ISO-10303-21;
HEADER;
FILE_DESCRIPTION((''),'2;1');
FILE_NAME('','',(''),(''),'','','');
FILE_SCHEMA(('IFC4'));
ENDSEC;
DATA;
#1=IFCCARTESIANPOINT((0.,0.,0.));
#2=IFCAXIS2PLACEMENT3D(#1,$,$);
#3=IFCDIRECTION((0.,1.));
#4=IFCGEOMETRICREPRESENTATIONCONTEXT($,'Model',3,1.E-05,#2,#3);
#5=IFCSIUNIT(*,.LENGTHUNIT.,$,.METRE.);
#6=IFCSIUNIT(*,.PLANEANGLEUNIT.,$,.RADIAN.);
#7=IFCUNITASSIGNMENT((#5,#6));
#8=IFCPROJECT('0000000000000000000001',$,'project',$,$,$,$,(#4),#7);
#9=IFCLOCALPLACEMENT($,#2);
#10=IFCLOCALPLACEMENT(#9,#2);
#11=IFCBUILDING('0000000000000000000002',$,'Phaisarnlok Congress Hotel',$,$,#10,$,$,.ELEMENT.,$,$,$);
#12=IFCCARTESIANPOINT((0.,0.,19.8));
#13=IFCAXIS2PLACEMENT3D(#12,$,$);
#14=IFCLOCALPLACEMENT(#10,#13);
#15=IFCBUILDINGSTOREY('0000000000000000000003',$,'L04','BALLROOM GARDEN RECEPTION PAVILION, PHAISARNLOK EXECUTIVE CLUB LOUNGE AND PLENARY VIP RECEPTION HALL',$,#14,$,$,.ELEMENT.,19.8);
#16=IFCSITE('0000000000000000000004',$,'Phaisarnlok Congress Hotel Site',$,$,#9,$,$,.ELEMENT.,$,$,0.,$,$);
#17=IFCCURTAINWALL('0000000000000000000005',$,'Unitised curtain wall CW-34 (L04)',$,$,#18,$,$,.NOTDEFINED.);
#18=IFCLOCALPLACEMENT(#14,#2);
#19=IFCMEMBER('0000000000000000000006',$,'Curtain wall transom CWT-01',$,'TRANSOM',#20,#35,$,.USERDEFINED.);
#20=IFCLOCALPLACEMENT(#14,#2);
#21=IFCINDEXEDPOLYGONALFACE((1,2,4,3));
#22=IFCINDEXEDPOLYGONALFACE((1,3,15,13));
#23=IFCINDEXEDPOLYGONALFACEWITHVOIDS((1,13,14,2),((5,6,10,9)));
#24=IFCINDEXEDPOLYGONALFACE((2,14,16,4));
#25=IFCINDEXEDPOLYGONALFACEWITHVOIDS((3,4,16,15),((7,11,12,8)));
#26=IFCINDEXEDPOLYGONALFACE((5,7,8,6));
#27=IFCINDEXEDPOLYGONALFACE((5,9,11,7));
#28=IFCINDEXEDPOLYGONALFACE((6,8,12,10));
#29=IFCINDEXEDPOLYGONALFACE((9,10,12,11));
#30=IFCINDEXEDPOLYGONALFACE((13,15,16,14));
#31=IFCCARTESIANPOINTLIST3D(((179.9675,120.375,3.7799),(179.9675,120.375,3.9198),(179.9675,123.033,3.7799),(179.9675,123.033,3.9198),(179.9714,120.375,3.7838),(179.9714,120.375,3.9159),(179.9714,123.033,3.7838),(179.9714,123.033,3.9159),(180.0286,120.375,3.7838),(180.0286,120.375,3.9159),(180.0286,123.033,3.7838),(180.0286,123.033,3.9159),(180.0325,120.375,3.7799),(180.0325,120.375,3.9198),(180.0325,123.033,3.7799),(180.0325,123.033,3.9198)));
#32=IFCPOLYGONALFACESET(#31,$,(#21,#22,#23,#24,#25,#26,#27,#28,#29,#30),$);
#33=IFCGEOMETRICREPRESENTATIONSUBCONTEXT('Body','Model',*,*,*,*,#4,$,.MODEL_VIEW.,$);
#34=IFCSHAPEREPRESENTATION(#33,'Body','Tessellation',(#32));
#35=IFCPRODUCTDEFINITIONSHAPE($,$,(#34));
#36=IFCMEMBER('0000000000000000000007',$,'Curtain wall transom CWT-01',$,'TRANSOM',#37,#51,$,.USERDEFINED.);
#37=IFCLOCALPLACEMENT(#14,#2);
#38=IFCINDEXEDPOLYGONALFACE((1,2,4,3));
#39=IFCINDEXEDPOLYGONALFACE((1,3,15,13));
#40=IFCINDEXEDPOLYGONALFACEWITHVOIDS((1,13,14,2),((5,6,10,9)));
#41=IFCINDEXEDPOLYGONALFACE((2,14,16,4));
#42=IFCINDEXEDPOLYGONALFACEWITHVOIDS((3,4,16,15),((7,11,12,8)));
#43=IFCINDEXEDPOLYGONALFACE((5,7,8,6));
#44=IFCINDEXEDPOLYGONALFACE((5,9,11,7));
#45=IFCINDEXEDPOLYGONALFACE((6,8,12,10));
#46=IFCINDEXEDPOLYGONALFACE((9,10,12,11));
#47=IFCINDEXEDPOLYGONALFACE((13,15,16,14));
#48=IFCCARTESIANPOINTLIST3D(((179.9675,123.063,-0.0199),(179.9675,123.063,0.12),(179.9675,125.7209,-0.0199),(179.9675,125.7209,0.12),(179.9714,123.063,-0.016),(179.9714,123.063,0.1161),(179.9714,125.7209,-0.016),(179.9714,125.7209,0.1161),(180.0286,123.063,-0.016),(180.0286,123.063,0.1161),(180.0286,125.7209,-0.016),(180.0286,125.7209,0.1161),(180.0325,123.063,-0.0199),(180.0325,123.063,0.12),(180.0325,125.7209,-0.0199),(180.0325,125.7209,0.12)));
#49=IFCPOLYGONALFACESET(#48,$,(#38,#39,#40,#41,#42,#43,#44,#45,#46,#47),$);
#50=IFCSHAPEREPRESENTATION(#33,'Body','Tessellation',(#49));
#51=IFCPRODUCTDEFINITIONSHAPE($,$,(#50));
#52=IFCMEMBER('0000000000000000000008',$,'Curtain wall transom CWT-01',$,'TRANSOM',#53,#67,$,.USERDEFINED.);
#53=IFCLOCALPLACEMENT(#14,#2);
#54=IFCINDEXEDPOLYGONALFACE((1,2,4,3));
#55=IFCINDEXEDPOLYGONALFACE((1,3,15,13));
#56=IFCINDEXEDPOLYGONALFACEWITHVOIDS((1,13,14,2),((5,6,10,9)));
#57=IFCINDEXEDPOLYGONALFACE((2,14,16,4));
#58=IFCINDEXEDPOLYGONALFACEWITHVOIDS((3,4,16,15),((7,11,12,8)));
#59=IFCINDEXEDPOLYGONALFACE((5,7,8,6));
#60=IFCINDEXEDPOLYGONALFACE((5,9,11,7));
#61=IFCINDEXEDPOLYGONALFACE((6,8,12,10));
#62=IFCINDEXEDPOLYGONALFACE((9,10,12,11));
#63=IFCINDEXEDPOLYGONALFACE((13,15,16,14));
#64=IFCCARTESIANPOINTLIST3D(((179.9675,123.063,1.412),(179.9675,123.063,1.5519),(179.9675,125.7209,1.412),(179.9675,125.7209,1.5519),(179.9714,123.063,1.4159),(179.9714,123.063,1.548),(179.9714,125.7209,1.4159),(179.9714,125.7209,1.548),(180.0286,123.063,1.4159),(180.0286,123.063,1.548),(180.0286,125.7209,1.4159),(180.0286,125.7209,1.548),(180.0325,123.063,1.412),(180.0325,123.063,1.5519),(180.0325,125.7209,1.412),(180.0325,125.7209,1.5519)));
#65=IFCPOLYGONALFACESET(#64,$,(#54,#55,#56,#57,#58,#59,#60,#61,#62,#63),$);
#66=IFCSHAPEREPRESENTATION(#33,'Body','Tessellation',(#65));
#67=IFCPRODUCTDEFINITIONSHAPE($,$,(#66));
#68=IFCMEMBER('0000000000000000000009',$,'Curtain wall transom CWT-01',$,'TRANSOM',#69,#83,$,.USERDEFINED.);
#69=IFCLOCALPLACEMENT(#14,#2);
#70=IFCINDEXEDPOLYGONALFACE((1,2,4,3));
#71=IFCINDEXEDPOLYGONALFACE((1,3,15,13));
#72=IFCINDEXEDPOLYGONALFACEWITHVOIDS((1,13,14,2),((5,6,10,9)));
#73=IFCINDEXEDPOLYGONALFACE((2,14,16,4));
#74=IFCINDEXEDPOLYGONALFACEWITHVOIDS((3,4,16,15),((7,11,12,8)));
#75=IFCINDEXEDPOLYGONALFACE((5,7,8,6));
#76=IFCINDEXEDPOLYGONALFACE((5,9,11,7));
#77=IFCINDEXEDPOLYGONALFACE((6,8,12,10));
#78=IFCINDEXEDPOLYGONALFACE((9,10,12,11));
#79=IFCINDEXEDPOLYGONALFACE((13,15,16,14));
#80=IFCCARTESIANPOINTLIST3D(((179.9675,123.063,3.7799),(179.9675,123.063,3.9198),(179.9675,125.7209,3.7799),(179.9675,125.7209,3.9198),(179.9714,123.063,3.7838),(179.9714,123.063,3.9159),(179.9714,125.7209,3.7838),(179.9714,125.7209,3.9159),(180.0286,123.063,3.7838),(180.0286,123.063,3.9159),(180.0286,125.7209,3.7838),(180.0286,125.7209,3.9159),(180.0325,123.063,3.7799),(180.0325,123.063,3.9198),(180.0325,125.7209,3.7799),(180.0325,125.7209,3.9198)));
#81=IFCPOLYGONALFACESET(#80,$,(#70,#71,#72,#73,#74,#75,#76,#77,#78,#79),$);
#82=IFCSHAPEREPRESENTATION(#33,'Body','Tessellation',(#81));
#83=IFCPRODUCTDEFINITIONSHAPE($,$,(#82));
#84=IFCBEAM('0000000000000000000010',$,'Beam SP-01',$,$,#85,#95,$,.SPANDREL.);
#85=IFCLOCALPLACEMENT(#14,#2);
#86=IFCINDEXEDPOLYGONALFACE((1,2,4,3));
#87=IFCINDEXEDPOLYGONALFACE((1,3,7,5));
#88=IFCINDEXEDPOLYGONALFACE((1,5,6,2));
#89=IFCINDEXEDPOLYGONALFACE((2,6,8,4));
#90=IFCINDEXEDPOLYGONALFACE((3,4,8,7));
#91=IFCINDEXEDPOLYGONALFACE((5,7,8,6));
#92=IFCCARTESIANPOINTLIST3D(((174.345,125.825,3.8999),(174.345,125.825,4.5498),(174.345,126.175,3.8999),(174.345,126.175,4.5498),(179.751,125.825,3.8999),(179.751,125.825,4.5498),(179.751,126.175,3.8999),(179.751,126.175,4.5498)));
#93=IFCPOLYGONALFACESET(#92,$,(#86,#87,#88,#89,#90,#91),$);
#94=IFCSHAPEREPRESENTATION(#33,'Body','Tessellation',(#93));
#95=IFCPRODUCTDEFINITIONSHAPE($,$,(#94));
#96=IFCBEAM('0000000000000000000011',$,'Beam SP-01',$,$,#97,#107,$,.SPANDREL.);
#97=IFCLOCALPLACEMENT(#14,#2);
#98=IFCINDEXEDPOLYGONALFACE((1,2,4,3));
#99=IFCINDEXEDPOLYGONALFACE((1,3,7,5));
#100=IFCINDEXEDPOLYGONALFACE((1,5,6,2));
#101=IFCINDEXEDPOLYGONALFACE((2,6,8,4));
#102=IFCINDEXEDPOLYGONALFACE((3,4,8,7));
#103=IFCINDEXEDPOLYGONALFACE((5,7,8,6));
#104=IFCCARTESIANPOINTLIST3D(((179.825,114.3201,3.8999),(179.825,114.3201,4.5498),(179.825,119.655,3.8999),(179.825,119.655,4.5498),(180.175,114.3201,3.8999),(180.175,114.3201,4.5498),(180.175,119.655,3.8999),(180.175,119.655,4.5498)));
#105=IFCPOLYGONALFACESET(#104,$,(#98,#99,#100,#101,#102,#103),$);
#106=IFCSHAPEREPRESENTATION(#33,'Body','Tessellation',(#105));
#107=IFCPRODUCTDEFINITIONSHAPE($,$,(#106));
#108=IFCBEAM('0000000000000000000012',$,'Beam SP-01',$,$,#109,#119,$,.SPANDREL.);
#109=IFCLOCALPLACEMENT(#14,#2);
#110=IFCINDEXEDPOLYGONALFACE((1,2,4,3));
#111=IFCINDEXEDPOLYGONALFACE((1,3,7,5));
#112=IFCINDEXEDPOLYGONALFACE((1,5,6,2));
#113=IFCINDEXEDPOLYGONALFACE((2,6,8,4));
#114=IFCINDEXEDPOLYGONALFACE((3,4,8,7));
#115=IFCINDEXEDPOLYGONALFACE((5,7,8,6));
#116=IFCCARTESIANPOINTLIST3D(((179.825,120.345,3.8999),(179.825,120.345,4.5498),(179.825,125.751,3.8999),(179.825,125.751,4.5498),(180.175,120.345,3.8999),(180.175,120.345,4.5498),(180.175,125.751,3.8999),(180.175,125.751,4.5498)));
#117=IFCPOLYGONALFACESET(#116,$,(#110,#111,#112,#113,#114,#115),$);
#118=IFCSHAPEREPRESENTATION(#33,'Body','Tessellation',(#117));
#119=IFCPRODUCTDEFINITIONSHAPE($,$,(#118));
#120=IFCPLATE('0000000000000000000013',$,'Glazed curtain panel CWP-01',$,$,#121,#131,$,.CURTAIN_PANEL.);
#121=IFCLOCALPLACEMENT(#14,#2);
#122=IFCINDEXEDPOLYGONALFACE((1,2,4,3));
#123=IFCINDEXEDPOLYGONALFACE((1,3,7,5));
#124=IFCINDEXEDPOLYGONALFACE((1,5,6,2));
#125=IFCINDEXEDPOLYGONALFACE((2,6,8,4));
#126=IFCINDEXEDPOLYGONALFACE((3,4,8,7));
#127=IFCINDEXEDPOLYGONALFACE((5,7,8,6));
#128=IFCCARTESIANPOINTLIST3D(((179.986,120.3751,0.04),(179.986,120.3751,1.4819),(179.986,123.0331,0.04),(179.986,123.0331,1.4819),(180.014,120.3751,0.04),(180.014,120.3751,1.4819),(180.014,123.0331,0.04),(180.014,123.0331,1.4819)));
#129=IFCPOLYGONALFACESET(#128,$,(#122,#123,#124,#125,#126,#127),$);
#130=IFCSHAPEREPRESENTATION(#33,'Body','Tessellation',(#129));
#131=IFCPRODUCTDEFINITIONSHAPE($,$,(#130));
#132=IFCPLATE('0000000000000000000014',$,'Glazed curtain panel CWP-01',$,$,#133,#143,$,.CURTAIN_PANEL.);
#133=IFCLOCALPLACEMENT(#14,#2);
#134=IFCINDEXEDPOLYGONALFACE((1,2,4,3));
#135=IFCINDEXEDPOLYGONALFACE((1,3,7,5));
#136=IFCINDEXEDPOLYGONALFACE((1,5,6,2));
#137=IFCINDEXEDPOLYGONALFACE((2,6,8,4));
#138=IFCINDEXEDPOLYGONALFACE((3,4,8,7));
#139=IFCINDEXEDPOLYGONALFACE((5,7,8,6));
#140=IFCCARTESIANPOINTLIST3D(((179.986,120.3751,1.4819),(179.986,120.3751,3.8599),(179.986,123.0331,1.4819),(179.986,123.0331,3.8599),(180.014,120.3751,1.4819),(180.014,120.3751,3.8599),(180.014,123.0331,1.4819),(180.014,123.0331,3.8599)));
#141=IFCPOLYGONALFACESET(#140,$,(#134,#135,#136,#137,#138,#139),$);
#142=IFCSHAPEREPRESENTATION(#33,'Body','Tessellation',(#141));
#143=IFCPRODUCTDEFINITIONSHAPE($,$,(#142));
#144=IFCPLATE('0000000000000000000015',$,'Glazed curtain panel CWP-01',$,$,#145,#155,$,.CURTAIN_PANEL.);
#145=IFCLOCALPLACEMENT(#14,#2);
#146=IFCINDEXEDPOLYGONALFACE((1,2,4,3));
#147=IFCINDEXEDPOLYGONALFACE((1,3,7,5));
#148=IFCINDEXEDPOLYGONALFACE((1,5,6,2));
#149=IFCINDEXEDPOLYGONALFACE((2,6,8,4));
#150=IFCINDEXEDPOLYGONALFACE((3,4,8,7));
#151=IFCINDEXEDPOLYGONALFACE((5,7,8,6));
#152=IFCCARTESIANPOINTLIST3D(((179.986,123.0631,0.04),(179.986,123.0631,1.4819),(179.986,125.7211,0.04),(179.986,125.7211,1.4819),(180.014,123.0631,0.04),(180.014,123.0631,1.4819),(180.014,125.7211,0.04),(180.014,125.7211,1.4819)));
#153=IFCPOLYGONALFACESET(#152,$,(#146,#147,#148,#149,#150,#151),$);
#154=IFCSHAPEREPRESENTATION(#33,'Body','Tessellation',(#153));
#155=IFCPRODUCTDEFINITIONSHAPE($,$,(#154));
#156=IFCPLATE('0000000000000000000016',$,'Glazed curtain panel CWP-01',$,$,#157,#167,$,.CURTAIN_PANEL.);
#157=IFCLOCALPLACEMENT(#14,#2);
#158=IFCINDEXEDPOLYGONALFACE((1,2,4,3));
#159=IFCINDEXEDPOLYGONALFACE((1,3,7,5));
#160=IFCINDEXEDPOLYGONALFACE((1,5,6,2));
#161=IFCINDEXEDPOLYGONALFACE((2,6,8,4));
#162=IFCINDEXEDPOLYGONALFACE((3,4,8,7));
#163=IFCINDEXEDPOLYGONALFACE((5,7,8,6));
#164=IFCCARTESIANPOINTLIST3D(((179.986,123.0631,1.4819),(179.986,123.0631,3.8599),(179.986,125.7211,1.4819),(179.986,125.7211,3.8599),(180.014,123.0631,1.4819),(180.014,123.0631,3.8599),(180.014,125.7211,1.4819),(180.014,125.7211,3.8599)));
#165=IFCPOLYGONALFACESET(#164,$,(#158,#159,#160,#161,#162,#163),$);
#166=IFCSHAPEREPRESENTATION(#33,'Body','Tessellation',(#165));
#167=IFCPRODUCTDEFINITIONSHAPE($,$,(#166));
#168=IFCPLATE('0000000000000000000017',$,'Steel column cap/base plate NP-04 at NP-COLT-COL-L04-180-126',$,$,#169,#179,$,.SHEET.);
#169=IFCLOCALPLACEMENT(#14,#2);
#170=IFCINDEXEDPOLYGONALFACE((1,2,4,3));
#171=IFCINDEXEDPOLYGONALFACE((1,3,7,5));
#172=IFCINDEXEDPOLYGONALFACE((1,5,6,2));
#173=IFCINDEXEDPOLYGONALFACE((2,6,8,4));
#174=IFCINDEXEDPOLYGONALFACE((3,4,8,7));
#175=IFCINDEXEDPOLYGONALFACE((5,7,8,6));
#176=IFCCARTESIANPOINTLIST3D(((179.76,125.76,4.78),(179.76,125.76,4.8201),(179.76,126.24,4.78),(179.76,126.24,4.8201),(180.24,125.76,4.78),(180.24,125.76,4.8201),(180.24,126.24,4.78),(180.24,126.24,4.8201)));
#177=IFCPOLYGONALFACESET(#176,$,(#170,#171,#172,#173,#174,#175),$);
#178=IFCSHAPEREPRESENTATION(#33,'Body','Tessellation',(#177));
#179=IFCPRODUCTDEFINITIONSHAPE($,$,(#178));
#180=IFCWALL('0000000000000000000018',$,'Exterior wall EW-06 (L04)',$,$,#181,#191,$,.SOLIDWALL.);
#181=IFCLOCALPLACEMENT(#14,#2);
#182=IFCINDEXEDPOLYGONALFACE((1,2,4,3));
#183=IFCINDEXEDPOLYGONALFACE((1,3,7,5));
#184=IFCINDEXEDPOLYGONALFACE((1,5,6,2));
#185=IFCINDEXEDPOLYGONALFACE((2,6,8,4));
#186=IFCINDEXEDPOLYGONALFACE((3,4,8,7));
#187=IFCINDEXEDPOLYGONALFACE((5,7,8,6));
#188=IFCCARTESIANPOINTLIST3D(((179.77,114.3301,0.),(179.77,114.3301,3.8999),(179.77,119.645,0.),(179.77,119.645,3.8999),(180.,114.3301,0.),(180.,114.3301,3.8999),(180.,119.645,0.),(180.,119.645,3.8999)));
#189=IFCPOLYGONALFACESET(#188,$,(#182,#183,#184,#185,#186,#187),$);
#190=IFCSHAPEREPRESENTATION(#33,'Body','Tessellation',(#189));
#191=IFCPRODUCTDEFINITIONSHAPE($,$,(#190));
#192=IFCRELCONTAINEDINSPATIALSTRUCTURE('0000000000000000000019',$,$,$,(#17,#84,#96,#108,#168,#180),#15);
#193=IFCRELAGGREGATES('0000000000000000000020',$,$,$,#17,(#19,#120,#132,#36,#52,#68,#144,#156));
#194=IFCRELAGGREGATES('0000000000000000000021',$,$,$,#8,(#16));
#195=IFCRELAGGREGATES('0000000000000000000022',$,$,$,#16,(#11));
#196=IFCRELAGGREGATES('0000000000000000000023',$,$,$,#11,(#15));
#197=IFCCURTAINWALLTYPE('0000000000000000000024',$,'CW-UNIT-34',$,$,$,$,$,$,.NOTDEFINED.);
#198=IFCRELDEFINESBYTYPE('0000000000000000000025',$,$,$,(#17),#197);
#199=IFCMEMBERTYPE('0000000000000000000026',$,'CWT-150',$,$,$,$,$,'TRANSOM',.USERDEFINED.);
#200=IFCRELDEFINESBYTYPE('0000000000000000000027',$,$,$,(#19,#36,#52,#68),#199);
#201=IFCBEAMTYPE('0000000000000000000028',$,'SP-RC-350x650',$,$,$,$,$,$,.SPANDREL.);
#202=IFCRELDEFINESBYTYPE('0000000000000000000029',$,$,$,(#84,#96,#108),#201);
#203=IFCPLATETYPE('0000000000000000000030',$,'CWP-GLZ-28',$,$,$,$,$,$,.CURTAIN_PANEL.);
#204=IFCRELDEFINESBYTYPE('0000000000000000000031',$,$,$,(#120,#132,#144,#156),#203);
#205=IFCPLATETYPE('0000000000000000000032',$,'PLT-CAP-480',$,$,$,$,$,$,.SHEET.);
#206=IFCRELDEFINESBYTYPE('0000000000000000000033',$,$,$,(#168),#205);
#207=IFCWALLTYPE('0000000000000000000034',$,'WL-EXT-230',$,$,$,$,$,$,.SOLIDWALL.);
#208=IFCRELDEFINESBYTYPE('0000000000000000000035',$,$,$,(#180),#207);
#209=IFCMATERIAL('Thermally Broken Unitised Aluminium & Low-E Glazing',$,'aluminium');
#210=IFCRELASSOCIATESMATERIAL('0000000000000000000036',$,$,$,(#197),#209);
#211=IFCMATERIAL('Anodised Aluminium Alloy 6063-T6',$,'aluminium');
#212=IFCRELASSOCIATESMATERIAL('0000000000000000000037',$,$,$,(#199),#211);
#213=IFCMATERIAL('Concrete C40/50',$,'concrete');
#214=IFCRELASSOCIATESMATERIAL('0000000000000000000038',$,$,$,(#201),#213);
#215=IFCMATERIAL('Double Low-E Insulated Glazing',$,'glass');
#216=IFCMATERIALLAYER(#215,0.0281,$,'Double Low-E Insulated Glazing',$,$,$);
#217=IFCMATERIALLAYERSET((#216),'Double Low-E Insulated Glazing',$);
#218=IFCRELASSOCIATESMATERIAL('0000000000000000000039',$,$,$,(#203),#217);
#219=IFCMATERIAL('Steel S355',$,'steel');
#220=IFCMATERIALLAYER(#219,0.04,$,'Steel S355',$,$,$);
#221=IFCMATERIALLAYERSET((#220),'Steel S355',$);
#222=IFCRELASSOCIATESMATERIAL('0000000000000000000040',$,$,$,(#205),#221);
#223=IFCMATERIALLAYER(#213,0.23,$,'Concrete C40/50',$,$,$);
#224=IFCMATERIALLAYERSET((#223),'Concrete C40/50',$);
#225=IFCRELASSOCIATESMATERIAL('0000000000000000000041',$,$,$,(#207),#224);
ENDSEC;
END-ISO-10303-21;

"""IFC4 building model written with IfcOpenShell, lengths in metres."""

from ifc_helpers import new_model, si_unit, direction, frame, frame_2d, origin, origin_2d, place, context, subcontext, project, spatial, rectangle, hollow_rectangle, extrude, material, layer, layer_set, material_profile, profile_set, type_object, element, aggregate, save


model = new_model("IFC4")

# Units and contexts
model_context = context("Model", 3, precision=1e-05, world=origin(), true_north=direction((0.0, 1.0)))
body_context = subcontext(model_context, "Body", "Model", "MODEL_VIEW")
ifc_project = project(units=[si_unit("LENGTHUNIT", "METRE"), si_unit("PLANEANGLEUNIT", "RADIAN")], contexts=[model_context])

# Site, building, storey
site_placement = place(None, origin())
site = spatial("IfcSite", under=ifc_project, at=site_placement, Name="Phaisarnlok Congress Hotel Site", CompositionType="ELEMENT", RefElevation=0.0)
building_placement = place(site_placement, origin())
building = spatial("IfcBuilding", under=site, at=building_placement, Name="Phaisarnlok Congress Hotel", CompositionType="ELEMENT")
storey_placement = place(building_placement, frame((0.0, 0.0, 19.8)))
storey = spatial("IfcBuildingStorey", under=building, at=storey_placement, Name="L04", Description="BALLROOM GARDEN RECEPTION PAVILION, PHAISARNLOK EXECUTIVE CLUB LOUNGE AND PLENARY VIP RECEPTION HALL", CompositionType="ELEMENT", Elevation=19.8)

# Shared definitions
ifc_material_1 = material(Name="Steel S355", Category="steel")

# Curtain wall, members
ifc_material_2 = material(Name="Thermally Broken Unitised Aluminium & Low-E Glazing", Category="aluminium")
curtain_wall_type = type_object("IfcCurtainWallType", Name="CW-UNIT-34", PredefinedType="NOTDEFINED", material=ifc_material_2)
curtain_wall_placement = place(storey_placement, origin())
curtain_wall = element("IfcCurtainWall", 1, at=curtain_wall_placement, inside=storey, type_object=curtain_wall_type, Name="Unitised curtain wall CW-34 (L04)", PredefinedType="NOTDEFINED")
ifc_material_3 = material(Name="Anodised Aluminium Alloy 6063-T6", Category="aluminium")
ifc_material_profile_1 = material_profile(ifc_material_3, hollow_rectangle(XDim=0.0649, YDim=0.1399, WallThickness=0.0039, at=origin_2d()), Name="ALU-T 65x140x4")
ifc_profile_set_1 = profile_set([ifc_material_profile_1], Name="Anodised Aluminium Alloy 6063-T6")
member_type_1 = type_object("IfcMemberType", Name="CWT-150", ElementType="TRANSOM", PredefinedType="USERDEFINED", material=ifc_profile_set_1)
member_1_placement = place(storey_placement, frame((180.0, 120.375, 3.8499), z_axis=(0.0, 1.0, 0.0), x_axis=(-1.0, 0.0, 0.0)))
member_1 = element("IfcMember", 2, at=member_1_placement, type_object=member_type_1, Name="Curtain wall transom CWT-01", ObjectType="TRANSOM", PredefinedType="USERDEFINED", context=body_context, shape_type="SweptSolid", body=[
    extrude(hollow_rectangle(XDim=0.0649, YDim=0.1399, WallThickness=0.0039, at=origin_2d()), origin(), (0.0, 0.0, 1.0), 2.658),
])
member_2_placement = place(storey_placement, frame((180.0, 123.063, 0.05), z_axis=(0.0, 1.0, 0.0), x_axis=(-1.0, 0.0, 0.0)))
member_2 = element("IfcMember", 3, at=member_2_placement, type_object=member_type_1, Name="Curtain wall transom CWT-01", ObjectType="TRANSOM", PredefinedType="USERDEFINED", context=body_context, shape_type="SweptSolid", body=[
    extrude(hollow_rectangle(XDim=0.0649, YDim=0.1399, WallThickness=0.0039, at=origin_2d()), origin(), (0.0, 0.0, 1.0), 2.658),
])
member_3_placement = place(storey_placement, frame((180.0, 123.063, 1.4819), z_axis=(0.0, 1.0, 0.0), x_axis=(-1.0, 0.0, 0.0)))
member_3 = element("IfcMember", 4, at=member_3_placement, type_object=member_type_1, Name="Curtain wall transom CWT-01", ObjectType="TRANSOM", PredefinedType="USERDEFINED", context=body_context, shape_type="SweptSolid", body=[
    extrude(hollow_rectangle(XDim=0.0649, YDim=0.1399, WallThickness=0.0039, at=origin_2d()), origin(), (0.0, 0.0, 1.0), 2.658),
])
member_4_placement = place(storey_placement, frame((180.0, 123.063, 3.8499), z_axis=(0.0, 1.0, 0.0), x_axis=(-1.0, 0.0, 0.0)))
member_4 = element("IfcMember", 5, at=member_4_placement, type_object=member_type_1, Name="Curtain wall transom CWT-01", ObjectType="TRANSOM", PredefinedType="USERDEFINED", context=body_context, shape_type="SweptSolid", body=[
    extrude(hollow_rectangle(XDim=0.0649, YDim=0.1399, WallThickness=0.0039, at=origin_2d()), origin(), (0.0, 0.0, 1.0), 2.658),
])

# Beams
ifc_material_4 = material(Name="Concrete C40/50", Category="concrete")
ifc_material_profile_2 = material_profile(ifc_material_4, rectangle(XDim=0.3501, YDim=0.6499, at=origin_2d()), Name="RC 350x650")
ifc_profile_set_2 = profile_set([ifc_material_profile_2], Name="Concrete C40/50")
beam_type_1 = type_object("IfcBeamType", Name="SP-RC-350x650", PredefinedType="SPANDREL", material=ifc_profile_set_2)
beam_1_placement = place(storey_placement, frame((174.345, 126.0, 4.2249), z_axis=(1.0, 0.0, 0.0), x_axis=(0.0, 1.0, 0.0)))
element("IfcBeam", 6, at=beam_1_placement, inside=storey, type_object=beam_type_1, Name="Beam SP-01", PredefinedType="SPANDREL", context=body_context, shape_type="SweptSolid", body=[
    extrude(rectangle(XDim=0.3501, YDim=0.6499, at=origin_2d()), origin(), (0.0, 0.0, 1.0), 5.406),
])
beam_2_placement = place(storey_placement, frame((180.0, 114.3201, 4.2249), z_axis=(0.0, 1.0, 0.0), x_axis=(-1.0, 0.0, 0.0)))
element("IfcBeam", 7, at=beam_2_placement, inside=storey, type_object=beam_type_1, Name="Beam SP-01", PredefinedType="SPANDREL", context=body_context, shape_type="SweptSolid", body=[
    extrude(rectangle(XDim=0.3501, YDim=0.6499, at=origin_2d()), origin(), (0.0, 0.0, 1.0), 5.335),
])
beam_3_placement = place(storey_placement, frame((180.0, 120.345, 4.2249), z_axis=(0.0, 1.0, 0.0), x_axis=(-1.0, 0.0, 0.0)))
element("IfcBeam", 8, at=beam_3_placement, inside=storey, type_object=beam_type_1, Name="Beam SP-01", PredefinedType="SPANDREL", context=body_context, shape_type="SweptSolid", body=[
    extrude(rectangle(XDim=0.3501, YDim=0.6499, at=origin_2d()), origin(), (0.0, 0.0, 1.0), 5.406),
])

# Plates
ifc_material_5 = material(Name="Double Low-E Insulated Glazing", Category="glass")
ifc_layer_1 = layer(ifc_material_5, 0.0281, Name="Double Low-E Insulated Glazing")
ifc_layer_set_1 = layer_set([ifc_layer_1], Name="Double Low-E Insulated Glazing")
plate_type_1 = type_object("IfcPlateType", Name="CWP-GLZ-28", PredefinedType="CURTAIN_PANEL", material=ifc_layer_set_1)
plate_1_placement = place(storey_placement, frame((180.0, 120.375, 0.04), z_axis=(0.0, 0.0, 1.0), x_axis=(0.0, 1.0, 0.0)))
plate_1 = element("IfcPlate", 9, at=plate_1_placement, type_object=plate_type_1, Name="Glazed curtain panel CWP-01", PredefinedType="CURTAIN_PANEL", context=body_context, shape_type="SweptSolid", body=[
    extrude(rectangle(XDim=2.658, YDim=0.0281, at=frame_2d((1.3291, 0.0))), origin(), (0.0, 0.0, 1.0), 1.4419),
])
plate_2_placement = place(storey_placement, frame((180.0, 120.375, 1.4819), z_axis=(0.0, 0.0, 1.0), x_axis=(0.0, 1.0, 0.0)))
plate_2 = element("IfcPlate", 10, at=plate_2_placement, type_object=plate_type_1, Name="Glazed curtain panel CWP-01", PredefinedType="CURTAIN_PANEL", context=body_context, shape_type="SweptSolid", body=[
    extrude(rectangle(XDim=2.658, YDim=0.0281, at=frame_2d((1.3291, 0.0))), origin(), (0.0, 0.0, 1.0), 2.3779),
])
plate_3_placement = place(storey_placement, frame((180.0, 123.063, 0.04), z_axis=(0.0, 0.0, 1.0), x_axis=(0.0, 1.0, 0.0)))
plate_3 = element("IfcPlate", 11, at=plate_3_placement, type_object=plate_type_1, Name="Glazed curtain panel CWP-01", PredefinedType="CURTAIN_PANEL", context=body_context, shape_type="SweptSolid", body=[
    extrude(rectangle(XDim=2.658, YDim=0.0281, at=frame_2d((1.3291, 0.0))), origin(), (0.0, 0.0, 1.0), 1.4419),
])
plate_4_placement = place(storey_placement, frame((180.0, 123.063, 1.4819), z_axis=(0.0, 0.0, 1.0), x_axis=(0.0, 1.0, 0.0)))
plate_4 = element("IfcPlate", 12, at=plate_4_placement, type_object=plate_type_1, Name="Glazed curtain panel CWP-01", PredefinedType="CURTAIN_PANEL", context=body_context, shape_type="SweptSolid", body=[
    extrude(rectangle(XDim=2.658, YDim=0.0281, at=frame_2d((1.3291, 0.0))), origin(), (0.0, 0.0, 1.0), 2.3779),
])
aggregate(curtain_wall, [member_1, plate_1, plate_2, member_2, member_3, member_4, plate_3, plate_4])
ifc_layer_2 = layer(ifc_material_1, 0.04, Name="Steel S355")
ifc_layer_set_2 = layer_set([ifc_layer_2], Name="Steel S355")
plate_type_2 = type_object("IfcPlateType", Name="PLT-CAP-480", PredefinedType="SHEET", material=ifc_layer_set_2)
plate_5_placement = place(storey_placement, frame((180.0, 126.0, 4.78), z_axis=(0.0, 0.0, 1.0), x_axis=(1.0, 0.0, 0.0)))
element("IfcPlate", 13, at=plate_5_placement, inside=storey, type_object=plate_type_2, Name="Steel column cap/base plate NP-04 at NP-COLT-COL-L04-180-126", PredefinedType="SHEET", context=body_context, shape_type="SweptSolid", body=[
    extrude(rectangle(XDim=0.48, YDim=0.48, at=origin_2d()), origin(), (0.0, 0.0, 1.0), 0.04),
])

# Wall
ifc_layer_3 = layer(ifc_material_4, 0.23, Name="Concrete C40/50")
ifc_layer_set_3 = layer_set([ifc_layer_3], Name="Concrete C40/50")
wall_type_1 = type_object("IfcWallType", Name="WL-EXT-230", PredefinedType="SOLIDWALL", material=ifc_layer_set_3)
wall_1_placement = place(storey_placement, frame((179.885, 114.3301, 0.0), z_axis=(0.0, 0.0, 1.0), x_axis=(0.0, 1.0, 0.0)))
element("IfcWall", 14, at=wall_1_placement, inside=storey, type_object=wall_type_1, Name="Exterior wall EW-06 (L04)", PredefinedType="SOLIDWALL", context=body_context, shape_type="SweptSolid", body=[
    extrude(rectangle(XDim=5.3149, YDim=0.23, at=frame_2d((2.6575, 0.0))), origin(), (0.0, 0.0, 1.0), 3.8999),
])

save(model, "model.ifc")
